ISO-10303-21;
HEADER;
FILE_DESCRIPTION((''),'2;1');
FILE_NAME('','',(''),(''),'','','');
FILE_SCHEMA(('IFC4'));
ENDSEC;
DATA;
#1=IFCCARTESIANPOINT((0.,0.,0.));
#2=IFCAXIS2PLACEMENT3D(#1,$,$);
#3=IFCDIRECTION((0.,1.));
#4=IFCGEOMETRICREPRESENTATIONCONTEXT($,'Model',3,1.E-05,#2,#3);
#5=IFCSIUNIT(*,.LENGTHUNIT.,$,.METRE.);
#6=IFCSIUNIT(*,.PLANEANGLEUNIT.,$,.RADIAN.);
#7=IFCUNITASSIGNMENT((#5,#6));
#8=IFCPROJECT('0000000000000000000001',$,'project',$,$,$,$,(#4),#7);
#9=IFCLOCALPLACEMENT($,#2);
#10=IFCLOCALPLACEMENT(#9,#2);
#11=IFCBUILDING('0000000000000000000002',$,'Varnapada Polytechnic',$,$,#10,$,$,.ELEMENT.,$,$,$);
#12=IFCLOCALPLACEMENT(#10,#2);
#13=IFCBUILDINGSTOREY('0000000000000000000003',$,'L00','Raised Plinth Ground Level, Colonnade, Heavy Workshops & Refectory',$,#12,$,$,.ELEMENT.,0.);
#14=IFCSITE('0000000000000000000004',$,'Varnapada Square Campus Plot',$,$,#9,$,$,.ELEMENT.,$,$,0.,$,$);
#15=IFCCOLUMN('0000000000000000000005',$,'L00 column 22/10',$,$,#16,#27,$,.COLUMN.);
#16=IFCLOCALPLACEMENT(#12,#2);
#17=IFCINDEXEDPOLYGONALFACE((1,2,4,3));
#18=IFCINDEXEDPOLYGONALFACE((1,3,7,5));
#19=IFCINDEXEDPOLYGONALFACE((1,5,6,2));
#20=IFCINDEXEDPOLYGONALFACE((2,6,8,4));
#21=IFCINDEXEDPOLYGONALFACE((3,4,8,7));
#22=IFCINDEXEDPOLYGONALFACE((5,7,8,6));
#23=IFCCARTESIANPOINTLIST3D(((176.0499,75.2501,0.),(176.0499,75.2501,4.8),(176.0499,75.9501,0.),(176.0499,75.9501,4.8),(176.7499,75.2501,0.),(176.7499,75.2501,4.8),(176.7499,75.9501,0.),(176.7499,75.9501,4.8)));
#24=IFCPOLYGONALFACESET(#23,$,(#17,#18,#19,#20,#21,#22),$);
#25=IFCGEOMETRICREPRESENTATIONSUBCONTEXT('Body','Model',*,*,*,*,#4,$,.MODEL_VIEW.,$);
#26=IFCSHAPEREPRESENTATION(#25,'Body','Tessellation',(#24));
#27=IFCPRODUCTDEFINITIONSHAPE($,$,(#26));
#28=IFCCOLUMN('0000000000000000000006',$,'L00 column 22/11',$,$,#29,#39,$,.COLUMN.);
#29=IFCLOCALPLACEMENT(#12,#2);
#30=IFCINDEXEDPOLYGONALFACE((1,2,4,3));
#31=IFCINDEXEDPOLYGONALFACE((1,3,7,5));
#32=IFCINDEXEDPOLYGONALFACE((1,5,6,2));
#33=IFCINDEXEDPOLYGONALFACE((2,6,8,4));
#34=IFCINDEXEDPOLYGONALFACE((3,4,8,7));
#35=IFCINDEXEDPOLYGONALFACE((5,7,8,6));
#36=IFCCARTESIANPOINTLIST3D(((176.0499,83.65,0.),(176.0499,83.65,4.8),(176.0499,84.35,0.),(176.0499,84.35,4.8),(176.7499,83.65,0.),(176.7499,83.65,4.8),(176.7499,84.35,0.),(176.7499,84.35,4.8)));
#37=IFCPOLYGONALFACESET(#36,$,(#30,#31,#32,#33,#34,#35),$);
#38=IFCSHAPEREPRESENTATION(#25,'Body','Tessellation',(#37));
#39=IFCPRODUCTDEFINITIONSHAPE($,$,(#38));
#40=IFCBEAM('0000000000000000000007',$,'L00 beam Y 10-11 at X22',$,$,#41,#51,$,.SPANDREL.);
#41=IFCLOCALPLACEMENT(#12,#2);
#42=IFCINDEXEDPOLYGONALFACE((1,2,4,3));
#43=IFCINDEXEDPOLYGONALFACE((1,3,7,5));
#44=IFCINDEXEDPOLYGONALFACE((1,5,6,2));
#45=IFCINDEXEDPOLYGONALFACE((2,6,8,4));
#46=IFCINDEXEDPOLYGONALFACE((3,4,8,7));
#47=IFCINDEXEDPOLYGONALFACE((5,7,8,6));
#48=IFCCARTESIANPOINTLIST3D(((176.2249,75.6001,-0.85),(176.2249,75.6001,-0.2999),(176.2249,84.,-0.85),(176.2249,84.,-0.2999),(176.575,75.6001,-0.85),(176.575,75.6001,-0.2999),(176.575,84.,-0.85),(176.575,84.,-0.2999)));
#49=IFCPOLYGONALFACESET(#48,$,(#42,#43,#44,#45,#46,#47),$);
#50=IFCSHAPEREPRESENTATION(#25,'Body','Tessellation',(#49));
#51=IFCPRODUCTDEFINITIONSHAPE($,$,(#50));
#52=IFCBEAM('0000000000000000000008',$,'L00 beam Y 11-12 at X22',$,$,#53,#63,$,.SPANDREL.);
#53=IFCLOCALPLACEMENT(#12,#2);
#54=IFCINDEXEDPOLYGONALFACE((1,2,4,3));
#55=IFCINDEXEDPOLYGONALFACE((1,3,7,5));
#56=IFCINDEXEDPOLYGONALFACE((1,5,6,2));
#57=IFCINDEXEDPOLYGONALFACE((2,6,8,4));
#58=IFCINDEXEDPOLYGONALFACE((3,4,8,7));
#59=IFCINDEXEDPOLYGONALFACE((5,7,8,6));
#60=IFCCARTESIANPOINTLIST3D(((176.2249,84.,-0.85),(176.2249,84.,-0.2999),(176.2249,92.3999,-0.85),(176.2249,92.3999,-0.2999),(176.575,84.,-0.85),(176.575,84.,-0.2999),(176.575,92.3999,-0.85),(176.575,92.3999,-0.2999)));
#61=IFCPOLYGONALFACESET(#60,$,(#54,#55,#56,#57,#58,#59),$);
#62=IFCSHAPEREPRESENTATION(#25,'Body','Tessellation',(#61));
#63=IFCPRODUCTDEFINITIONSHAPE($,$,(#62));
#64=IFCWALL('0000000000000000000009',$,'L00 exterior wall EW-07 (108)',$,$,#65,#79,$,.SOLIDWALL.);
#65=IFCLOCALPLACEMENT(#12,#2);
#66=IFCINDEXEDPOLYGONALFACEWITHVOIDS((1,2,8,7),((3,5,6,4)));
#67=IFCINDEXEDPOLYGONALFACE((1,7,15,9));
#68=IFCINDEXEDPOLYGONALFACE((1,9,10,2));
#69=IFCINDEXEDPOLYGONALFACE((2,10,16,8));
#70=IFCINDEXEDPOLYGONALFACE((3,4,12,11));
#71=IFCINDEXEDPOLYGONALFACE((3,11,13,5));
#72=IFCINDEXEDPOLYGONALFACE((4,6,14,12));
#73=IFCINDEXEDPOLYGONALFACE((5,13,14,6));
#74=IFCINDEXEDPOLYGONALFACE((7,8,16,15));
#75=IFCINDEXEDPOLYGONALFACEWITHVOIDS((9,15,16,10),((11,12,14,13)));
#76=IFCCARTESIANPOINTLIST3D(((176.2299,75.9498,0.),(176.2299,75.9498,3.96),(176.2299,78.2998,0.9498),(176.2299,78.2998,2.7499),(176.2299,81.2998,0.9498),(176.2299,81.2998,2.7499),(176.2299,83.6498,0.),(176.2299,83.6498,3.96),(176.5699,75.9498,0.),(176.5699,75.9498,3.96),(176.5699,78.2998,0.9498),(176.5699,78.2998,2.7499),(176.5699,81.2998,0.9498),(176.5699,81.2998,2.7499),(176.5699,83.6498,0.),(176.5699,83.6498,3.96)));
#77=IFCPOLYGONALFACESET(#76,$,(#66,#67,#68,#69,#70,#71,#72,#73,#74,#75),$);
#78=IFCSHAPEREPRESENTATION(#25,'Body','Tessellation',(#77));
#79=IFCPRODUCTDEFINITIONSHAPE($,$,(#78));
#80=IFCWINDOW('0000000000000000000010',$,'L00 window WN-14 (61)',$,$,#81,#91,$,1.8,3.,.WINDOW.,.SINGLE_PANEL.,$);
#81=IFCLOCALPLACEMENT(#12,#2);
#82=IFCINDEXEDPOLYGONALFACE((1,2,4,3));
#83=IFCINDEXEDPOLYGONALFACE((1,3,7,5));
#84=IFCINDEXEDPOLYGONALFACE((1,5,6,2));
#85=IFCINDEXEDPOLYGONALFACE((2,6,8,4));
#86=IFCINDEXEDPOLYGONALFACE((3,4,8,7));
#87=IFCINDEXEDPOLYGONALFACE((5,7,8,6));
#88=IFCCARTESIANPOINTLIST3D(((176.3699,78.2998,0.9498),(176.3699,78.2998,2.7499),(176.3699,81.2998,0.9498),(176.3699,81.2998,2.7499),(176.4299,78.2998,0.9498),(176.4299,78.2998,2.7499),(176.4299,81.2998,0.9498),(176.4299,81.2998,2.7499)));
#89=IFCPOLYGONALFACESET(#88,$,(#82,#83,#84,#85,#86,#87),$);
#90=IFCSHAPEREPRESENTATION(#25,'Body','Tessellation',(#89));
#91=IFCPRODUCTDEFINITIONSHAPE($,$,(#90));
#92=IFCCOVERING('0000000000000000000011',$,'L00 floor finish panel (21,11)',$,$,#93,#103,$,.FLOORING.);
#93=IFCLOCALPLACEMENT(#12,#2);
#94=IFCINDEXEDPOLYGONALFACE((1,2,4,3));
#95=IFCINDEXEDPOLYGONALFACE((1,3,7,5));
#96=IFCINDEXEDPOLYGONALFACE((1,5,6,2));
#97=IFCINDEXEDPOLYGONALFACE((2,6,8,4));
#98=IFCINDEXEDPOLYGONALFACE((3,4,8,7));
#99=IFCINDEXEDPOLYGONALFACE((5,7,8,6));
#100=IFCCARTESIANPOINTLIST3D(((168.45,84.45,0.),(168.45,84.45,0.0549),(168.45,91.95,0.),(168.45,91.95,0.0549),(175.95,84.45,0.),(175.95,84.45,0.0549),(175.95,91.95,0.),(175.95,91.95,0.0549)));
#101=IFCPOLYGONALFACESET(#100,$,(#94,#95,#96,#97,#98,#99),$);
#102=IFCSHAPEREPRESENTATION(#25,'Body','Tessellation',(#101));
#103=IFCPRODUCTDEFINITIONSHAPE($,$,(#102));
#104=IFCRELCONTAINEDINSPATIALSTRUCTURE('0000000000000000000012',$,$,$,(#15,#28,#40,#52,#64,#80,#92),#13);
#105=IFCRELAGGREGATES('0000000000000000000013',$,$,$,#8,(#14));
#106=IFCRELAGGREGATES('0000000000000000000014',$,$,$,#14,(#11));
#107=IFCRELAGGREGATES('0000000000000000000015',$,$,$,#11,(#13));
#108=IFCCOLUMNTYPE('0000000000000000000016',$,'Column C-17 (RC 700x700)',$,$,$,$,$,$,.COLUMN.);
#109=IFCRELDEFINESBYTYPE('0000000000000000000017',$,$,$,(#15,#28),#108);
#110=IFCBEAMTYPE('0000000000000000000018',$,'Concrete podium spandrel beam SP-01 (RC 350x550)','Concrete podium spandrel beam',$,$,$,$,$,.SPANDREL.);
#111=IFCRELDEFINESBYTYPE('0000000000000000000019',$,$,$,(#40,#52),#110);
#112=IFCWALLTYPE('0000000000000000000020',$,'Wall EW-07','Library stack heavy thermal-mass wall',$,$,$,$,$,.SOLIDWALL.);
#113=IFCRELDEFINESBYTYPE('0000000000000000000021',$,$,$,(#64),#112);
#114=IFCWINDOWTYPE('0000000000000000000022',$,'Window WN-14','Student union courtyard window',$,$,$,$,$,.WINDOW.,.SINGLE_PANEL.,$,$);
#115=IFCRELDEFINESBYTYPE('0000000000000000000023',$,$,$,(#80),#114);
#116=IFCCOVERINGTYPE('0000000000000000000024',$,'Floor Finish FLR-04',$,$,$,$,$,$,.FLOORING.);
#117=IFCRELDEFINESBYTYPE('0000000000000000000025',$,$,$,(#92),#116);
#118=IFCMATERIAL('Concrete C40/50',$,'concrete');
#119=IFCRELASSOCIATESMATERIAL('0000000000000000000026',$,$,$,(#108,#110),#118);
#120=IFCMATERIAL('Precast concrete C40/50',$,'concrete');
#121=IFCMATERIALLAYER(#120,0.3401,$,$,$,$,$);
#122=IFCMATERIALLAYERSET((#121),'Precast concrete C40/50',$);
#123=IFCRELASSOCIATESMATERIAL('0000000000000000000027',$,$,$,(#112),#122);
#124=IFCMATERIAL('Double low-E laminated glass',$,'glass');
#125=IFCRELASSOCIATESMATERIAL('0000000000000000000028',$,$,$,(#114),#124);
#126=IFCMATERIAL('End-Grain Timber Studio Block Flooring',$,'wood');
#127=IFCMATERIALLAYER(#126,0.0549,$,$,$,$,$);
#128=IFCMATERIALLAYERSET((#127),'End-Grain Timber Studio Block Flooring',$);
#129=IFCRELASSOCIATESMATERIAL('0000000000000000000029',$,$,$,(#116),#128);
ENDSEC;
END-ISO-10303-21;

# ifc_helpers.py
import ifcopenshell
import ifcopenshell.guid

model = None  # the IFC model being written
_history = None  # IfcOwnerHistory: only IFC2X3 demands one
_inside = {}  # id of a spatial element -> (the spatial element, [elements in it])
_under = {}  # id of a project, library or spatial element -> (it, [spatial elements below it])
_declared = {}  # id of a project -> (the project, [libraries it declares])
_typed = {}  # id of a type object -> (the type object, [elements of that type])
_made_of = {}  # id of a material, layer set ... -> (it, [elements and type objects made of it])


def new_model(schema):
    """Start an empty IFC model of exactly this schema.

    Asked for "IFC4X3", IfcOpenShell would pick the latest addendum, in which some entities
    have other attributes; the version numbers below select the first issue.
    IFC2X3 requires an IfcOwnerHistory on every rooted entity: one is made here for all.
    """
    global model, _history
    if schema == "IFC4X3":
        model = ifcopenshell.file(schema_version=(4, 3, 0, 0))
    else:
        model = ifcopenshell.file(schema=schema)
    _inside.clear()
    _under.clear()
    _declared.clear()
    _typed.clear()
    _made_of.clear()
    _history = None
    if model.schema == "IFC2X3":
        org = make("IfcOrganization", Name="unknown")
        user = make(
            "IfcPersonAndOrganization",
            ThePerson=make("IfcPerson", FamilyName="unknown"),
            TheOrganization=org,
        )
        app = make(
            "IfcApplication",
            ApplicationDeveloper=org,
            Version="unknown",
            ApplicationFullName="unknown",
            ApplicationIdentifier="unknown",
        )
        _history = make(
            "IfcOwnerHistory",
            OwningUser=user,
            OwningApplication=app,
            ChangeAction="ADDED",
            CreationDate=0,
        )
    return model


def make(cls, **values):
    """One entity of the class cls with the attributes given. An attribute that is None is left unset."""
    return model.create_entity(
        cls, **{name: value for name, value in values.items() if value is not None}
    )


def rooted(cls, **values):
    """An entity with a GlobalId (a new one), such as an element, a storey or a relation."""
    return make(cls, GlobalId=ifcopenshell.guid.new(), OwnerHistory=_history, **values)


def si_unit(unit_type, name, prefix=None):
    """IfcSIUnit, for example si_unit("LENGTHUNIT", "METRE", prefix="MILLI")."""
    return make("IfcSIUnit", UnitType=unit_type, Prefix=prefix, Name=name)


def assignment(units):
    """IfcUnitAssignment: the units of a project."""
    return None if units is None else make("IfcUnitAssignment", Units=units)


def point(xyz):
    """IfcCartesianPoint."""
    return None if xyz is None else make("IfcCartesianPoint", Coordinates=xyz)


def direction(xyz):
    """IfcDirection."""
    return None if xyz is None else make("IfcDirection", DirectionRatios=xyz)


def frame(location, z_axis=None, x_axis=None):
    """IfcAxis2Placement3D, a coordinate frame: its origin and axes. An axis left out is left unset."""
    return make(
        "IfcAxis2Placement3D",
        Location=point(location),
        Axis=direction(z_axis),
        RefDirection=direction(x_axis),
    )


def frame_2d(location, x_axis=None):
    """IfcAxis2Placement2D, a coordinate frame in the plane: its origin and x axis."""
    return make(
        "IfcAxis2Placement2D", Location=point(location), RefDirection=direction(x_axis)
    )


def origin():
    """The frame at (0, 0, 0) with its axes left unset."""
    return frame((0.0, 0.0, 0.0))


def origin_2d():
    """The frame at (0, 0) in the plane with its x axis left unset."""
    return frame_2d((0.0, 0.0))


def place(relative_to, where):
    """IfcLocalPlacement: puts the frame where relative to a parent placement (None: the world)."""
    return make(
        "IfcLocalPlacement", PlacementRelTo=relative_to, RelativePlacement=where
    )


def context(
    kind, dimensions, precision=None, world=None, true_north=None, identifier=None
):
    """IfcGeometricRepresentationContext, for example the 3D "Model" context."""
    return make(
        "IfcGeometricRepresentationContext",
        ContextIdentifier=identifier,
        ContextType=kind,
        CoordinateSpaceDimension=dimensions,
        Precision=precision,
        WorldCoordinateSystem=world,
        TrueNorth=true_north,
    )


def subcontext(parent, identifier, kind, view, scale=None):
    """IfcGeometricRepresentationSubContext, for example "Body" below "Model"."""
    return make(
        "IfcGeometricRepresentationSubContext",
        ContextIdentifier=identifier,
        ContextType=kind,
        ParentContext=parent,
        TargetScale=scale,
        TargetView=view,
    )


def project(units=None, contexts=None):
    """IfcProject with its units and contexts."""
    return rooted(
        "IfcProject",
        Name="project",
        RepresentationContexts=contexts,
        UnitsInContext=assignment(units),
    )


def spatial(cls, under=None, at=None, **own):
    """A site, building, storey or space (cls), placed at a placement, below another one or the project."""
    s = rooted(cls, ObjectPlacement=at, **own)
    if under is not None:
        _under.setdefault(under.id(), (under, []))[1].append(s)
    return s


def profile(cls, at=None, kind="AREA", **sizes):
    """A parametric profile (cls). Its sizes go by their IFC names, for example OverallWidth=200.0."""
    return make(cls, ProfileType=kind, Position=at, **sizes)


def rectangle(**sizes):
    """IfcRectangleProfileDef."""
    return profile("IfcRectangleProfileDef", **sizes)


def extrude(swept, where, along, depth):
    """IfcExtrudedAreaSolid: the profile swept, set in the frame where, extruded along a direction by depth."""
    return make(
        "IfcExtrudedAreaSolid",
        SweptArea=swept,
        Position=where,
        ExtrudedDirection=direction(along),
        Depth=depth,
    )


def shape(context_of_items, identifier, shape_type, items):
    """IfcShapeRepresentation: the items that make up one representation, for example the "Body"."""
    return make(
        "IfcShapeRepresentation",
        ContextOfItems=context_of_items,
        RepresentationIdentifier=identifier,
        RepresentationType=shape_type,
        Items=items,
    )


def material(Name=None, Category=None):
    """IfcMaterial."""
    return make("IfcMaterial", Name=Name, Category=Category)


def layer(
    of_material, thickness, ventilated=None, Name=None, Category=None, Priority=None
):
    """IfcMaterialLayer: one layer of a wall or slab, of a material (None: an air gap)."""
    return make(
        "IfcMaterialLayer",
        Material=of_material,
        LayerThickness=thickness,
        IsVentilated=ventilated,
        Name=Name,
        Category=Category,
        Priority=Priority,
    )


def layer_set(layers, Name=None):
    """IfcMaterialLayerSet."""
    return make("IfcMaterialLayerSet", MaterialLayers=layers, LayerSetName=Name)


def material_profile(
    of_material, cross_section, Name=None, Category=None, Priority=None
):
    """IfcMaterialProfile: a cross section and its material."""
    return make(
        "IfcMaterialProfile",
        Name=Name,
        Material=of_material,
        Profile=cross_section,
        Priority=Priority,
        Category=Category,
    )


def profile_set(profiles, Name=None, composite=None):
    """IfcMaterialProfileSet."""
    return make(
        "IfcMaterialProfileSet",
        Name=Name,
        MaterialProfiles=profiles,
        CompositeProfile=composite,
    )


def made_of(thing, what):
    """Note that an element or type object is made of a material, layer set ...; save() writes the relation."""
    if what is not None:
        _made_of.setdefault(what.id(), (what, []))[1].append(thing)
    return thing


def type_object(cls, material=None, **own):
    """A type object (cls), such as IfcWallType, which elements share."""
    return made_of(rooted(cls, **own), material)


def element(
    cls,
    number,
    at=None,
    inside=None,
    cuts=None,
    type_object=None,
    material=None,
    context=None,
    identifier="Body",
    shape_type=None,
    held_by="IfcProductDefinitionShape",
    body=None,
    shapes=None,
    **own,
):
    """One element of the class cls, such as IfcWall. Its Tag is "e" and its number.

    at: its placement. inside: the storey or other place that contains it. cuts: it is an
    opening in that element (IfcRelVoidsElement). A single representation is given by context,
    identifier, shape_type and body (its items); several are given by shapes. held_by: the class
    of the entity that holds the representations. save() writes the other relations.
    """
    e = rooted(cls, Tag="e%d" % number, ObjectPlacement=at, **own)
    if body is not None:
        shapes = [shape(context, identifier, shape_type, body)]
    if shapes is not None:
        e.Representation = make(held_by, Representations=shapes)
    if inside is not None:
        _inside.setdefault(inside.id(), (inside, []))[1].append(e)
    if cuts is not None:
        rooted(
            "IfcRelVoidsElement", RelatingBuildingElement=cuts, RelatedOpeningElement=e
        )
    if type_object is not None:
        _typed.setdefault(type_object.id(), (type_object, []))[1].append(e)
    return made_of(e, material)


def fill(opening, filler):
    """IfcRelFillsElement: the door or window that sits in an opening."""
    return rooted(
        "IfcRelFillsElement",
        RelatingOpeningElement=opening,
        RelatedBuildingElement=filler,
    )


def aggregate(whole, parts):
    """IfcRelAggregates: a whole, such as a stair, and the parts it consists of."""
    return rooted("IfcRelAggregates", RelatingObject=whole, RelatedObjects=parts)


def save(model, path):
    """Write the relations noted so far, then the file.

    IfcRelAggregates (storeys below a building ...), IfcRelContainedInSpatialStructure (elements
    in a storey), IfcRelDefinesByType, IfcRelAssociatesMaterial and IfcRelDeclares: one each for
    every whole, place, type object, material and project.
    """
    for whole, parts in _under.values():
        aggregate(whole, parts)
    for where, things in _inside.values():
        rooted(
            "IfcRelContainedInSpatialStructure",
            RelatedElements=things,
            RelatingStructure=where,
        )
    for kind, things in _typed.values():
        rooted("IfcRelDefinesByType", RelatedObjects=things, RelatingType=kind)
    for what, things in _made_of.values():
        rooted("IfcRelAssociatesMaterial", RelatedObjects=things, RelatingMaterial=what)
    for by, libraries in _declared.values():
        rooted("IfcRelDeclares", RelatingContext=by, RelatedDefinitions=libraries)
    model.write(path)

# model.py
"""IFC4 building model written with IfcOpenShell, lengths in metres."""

from ifc_helpers import new_model, si_unit, direction, frame, frame_2d, origin, origin_2d, place, context, subcontext, project, spatial, rectangle, extrude, material, layer, layer_set, material_profile, profile_set, type_object, element, fill, save


model = new_model("IFC4")

# Units and contexts
model_context = context("Model", 3, precision=1e-05, world=origin(), true_north=direction((0.0, 1.0)))
body_context = subcontext(model_context, "Body", "Model", "MODEL_VIEW")
ifc_project = project(units=[si_unit("LENGTHUNIT", "METRE"), si_unit("PLANEANGLEUNIT", "RADIAN")], contexts=[model_context])

# Site, building, storey
site_placement = place(None, origin())
site = spatial("IfcSite", under=ifc_project, at=site_placement, Name="Varnapada Square Campus Plot", CompositionType="ELEMENT", RefElevation=0.0)
building_placement = place(site_placement, origin())
building = spatial("IfcBuilding", under=site, at=building_placement, Name="Varnapada Polytechnic", CompositionType="ELEMENT")
storey_placement = place(building_placement, origin())
storey = spatial("IfcBuildingStorey", under=building, at=storey_placement, Name="L00", Description="Raised Plinth Ground Level, Colonnade, Heavy Workshops & Refectory", CompositionType="ELEMENT", Elevation=0.0)

# Columns
ifc_material_1 = material(Name="Concrete C40/50", Category="concrete")
ifc_material_profile_1 = material_profile(ifc_material_1, rectangle(XDim=0.7, YDim=0.7, at=origin_2d()), Name="RC 700x700")
ifc_profile_set_1 = profile_set([ifc_material_profile_1], Name="Concrete C40/50")
column_type = type_object("IfcColumnType", Name="Column C-17 (RC 700x700)", PredefinedType="COLUMN", material=ifc_profile_set_1)
for number, where, z_axis, x_axis, name in (
    (1, (176.3999, 75.6001, 0.0), (0.0, 0.0, 1.0), (1.0, 0.0, 0.0), "L00 column 22/10"),
    (2, (176.3999, 84.0, 0.0), (0.0, 0.0, 1.0), (1.0, 0.0, 0.0), "L00 column 22/11"),
):
    element("IfcColumn", number, at=place(storey_placement, frame(where, z_axis=z_axis, x_axis=x_axis)), inside=storey, type_object=column_type, Name=name, PredefinedType="COLUMN", context=body_context, shape_type="SweptSolid", body=[
        extrude(rectangle(XDim=0.7, YDim=0.7, at=origin_2d()), origin(), (0.0, 0.0, 1.0), 4.8),
    ])

# Beams
ifc_material_profile_2 = material_profile(ifc_material_1, rectangle(XDim=0.3501, YDim=0.55, at=origin_2d()), Name="RC 350x550")
ifc_profile_set_2 = profile_set([ifc_material_profile_2], Name="Concrete C40/50")
beam_type = type_object("IfcBeamType", Name="Concrete podium spandrel beam SP-01 (RC 350x550)", Description="Concrete podium spandrel beam", PredefinedType="SPANDREL", material=ifc_profile_set_2)
for number, where, z_axis, x_axis, name in (
    (3, (176.3999, 75.6001, -0.575), (0.0, 1.0, 0.0), (-1.0, 0.0, 0.0), "L00 beam Y 10-11 at X22"),
    (4, (176.3999, 84.0, -0.575), (0.0, 1.0, 0.0), (-1.0, 0.0, 0.0), "L00 beam Y 11-12 at X22"),
):
    element("IfcBeam", number, at=place(storey_placement, frame(where, z_axis=z_axis, x_axis=x_axis)), inside=storey, type_object=beam_type, Name=name, PredefinedType="SPANDREL", context=body_context, shape_type="SweptSolid", body=[
        extrude(rectangle(XDim=0.3501, YDim=0.55, at=origin_2d()), origin(), (0.0, 0.0, 1.0), 8.3999),
    ])

# Wall, opening, window
ifc_material_2 = material(Name="Precast concrete C40/50", Category="concrete")
ifc_layer_1 = layer(ifc_material_2, 0.3401)
ifc_layer_set_1 = layer_set([ifc_layer_1], Name="Precast concrete C40/50")
wall_type = type_object("IfcWallType", Name="Wall EW-07", Description="Library stack heavy thermal-mass wall", PredefinedType="SOLIDWALL", material=ifc_layer_set_1)
wall_placement = place(storey_placement, frame((176.3999, 83.6499, 0.0), z_axis=(0.0, 0.0, 1.0), x_axis=(0.0, -1.0, 0.0)))
wall = element("IfcWall", 5, at=wall_placement, inside=storey, type_object=wall_type, Name="L00 exterior wall EW-07 (108)", PredefinedType="SOLIDWALL", context=body_context, shape_type="SweptSolid", body=[
    extrude(rectangle(XDim=7.7, YDim=0.3401, at=frame_2d((3.8501, 0.0))), origin(), (0.0, 0.0, 1.0), 3.96),
])
opening_1_placement = place(wall_placement, frame((2.3501, 0.0, 0.95)))
opening_1 = element("IfcOpeningElement", 6, at=opening_1_placement, cuts=wall, PredefinedType="OPENING", context=body_context, shape_type="SweptSolid", body=[
    extrude(rectangle(XDim=3.0, YDim=1.8, at=frame_2d((1.5, 0.8999))), frame((0.0, 0.1799, 0.0), z_axis=(0.0, -1.0, 0.0), x_axis=(1.0, 0.0, 0.0)), (0.0, 0.0, 1.0), 0.3601),
])
ifc_material_3 = material(Name="Double low-E laminated glass", Category="glass")
window_type = type_object("IfcWindowType", Name="Window WN-14", Description="Student union courtyard window", PartitioningType="SINGLE_PANEL", PredefinedType="WINDOW", material=ifc_material_3)
window_placement = place(opening_1_placement, origin())
window = element("IfcWindow", 7, at=window_placement, inside=storey, type_object=window_type, Name="L00 window WN-14 (61)", OverallHeight=1.8, OverallWidth=3.0, PartitioningType="SINGLE_PANEL", PredefinedType="WINDOW", context=body_context, shape_type="SweptSolid", body=[
    extrude(rectangle(XDim=3.0, YDim=1.8, at=frame_2d((1.5, 0.8999))), frame((0.0, 0.03, 0.0), z_axis=(0.0, -1.0, 0.0), x_axis=(1.0, 0.0, 0.0)), (0.0, 0.0, 1.0), 0.0601),
])
fill(opening_1, window)

# Covering
ifc_material_4 = material(Name="End-Grain Timber Studio Block Flooring", Category="wood")
ifc_layer_2 = layer(ifc_material_4, 0.0549)
ifc_layer_set_2 = layer_set([ifc_layer_2], Name="End-Grain Timber Studio Block Flooring")
covering_type_1 = type_object("IfcCoveringType", Name="Floor Finish FLR-04", PredefinedType="FLOORING", material=ifc_layer_set_2)
covering_1_placement = place(storey_placement, frame((172.2, 88.2, 0.0), z_axis=(0.0, 0.0, 1.0), x_axis=(1.0, 0.0, 0.0)))
element("IfcCovering", 8, at=covering_1_placement, inside=storey, type_object=covering_type_1, Name="L00 floor finish panel (21,11)", PredefinedType="FLOORING", context=body_context, shape_type="SweptSolid", body=[
    extrude(rectangle(XDim=7.5, YDim=7.5, at=origin_2d()), origin(), (0.0, 0.0, 1.0), 0.0549),
])

save(model, "model.ifc")
